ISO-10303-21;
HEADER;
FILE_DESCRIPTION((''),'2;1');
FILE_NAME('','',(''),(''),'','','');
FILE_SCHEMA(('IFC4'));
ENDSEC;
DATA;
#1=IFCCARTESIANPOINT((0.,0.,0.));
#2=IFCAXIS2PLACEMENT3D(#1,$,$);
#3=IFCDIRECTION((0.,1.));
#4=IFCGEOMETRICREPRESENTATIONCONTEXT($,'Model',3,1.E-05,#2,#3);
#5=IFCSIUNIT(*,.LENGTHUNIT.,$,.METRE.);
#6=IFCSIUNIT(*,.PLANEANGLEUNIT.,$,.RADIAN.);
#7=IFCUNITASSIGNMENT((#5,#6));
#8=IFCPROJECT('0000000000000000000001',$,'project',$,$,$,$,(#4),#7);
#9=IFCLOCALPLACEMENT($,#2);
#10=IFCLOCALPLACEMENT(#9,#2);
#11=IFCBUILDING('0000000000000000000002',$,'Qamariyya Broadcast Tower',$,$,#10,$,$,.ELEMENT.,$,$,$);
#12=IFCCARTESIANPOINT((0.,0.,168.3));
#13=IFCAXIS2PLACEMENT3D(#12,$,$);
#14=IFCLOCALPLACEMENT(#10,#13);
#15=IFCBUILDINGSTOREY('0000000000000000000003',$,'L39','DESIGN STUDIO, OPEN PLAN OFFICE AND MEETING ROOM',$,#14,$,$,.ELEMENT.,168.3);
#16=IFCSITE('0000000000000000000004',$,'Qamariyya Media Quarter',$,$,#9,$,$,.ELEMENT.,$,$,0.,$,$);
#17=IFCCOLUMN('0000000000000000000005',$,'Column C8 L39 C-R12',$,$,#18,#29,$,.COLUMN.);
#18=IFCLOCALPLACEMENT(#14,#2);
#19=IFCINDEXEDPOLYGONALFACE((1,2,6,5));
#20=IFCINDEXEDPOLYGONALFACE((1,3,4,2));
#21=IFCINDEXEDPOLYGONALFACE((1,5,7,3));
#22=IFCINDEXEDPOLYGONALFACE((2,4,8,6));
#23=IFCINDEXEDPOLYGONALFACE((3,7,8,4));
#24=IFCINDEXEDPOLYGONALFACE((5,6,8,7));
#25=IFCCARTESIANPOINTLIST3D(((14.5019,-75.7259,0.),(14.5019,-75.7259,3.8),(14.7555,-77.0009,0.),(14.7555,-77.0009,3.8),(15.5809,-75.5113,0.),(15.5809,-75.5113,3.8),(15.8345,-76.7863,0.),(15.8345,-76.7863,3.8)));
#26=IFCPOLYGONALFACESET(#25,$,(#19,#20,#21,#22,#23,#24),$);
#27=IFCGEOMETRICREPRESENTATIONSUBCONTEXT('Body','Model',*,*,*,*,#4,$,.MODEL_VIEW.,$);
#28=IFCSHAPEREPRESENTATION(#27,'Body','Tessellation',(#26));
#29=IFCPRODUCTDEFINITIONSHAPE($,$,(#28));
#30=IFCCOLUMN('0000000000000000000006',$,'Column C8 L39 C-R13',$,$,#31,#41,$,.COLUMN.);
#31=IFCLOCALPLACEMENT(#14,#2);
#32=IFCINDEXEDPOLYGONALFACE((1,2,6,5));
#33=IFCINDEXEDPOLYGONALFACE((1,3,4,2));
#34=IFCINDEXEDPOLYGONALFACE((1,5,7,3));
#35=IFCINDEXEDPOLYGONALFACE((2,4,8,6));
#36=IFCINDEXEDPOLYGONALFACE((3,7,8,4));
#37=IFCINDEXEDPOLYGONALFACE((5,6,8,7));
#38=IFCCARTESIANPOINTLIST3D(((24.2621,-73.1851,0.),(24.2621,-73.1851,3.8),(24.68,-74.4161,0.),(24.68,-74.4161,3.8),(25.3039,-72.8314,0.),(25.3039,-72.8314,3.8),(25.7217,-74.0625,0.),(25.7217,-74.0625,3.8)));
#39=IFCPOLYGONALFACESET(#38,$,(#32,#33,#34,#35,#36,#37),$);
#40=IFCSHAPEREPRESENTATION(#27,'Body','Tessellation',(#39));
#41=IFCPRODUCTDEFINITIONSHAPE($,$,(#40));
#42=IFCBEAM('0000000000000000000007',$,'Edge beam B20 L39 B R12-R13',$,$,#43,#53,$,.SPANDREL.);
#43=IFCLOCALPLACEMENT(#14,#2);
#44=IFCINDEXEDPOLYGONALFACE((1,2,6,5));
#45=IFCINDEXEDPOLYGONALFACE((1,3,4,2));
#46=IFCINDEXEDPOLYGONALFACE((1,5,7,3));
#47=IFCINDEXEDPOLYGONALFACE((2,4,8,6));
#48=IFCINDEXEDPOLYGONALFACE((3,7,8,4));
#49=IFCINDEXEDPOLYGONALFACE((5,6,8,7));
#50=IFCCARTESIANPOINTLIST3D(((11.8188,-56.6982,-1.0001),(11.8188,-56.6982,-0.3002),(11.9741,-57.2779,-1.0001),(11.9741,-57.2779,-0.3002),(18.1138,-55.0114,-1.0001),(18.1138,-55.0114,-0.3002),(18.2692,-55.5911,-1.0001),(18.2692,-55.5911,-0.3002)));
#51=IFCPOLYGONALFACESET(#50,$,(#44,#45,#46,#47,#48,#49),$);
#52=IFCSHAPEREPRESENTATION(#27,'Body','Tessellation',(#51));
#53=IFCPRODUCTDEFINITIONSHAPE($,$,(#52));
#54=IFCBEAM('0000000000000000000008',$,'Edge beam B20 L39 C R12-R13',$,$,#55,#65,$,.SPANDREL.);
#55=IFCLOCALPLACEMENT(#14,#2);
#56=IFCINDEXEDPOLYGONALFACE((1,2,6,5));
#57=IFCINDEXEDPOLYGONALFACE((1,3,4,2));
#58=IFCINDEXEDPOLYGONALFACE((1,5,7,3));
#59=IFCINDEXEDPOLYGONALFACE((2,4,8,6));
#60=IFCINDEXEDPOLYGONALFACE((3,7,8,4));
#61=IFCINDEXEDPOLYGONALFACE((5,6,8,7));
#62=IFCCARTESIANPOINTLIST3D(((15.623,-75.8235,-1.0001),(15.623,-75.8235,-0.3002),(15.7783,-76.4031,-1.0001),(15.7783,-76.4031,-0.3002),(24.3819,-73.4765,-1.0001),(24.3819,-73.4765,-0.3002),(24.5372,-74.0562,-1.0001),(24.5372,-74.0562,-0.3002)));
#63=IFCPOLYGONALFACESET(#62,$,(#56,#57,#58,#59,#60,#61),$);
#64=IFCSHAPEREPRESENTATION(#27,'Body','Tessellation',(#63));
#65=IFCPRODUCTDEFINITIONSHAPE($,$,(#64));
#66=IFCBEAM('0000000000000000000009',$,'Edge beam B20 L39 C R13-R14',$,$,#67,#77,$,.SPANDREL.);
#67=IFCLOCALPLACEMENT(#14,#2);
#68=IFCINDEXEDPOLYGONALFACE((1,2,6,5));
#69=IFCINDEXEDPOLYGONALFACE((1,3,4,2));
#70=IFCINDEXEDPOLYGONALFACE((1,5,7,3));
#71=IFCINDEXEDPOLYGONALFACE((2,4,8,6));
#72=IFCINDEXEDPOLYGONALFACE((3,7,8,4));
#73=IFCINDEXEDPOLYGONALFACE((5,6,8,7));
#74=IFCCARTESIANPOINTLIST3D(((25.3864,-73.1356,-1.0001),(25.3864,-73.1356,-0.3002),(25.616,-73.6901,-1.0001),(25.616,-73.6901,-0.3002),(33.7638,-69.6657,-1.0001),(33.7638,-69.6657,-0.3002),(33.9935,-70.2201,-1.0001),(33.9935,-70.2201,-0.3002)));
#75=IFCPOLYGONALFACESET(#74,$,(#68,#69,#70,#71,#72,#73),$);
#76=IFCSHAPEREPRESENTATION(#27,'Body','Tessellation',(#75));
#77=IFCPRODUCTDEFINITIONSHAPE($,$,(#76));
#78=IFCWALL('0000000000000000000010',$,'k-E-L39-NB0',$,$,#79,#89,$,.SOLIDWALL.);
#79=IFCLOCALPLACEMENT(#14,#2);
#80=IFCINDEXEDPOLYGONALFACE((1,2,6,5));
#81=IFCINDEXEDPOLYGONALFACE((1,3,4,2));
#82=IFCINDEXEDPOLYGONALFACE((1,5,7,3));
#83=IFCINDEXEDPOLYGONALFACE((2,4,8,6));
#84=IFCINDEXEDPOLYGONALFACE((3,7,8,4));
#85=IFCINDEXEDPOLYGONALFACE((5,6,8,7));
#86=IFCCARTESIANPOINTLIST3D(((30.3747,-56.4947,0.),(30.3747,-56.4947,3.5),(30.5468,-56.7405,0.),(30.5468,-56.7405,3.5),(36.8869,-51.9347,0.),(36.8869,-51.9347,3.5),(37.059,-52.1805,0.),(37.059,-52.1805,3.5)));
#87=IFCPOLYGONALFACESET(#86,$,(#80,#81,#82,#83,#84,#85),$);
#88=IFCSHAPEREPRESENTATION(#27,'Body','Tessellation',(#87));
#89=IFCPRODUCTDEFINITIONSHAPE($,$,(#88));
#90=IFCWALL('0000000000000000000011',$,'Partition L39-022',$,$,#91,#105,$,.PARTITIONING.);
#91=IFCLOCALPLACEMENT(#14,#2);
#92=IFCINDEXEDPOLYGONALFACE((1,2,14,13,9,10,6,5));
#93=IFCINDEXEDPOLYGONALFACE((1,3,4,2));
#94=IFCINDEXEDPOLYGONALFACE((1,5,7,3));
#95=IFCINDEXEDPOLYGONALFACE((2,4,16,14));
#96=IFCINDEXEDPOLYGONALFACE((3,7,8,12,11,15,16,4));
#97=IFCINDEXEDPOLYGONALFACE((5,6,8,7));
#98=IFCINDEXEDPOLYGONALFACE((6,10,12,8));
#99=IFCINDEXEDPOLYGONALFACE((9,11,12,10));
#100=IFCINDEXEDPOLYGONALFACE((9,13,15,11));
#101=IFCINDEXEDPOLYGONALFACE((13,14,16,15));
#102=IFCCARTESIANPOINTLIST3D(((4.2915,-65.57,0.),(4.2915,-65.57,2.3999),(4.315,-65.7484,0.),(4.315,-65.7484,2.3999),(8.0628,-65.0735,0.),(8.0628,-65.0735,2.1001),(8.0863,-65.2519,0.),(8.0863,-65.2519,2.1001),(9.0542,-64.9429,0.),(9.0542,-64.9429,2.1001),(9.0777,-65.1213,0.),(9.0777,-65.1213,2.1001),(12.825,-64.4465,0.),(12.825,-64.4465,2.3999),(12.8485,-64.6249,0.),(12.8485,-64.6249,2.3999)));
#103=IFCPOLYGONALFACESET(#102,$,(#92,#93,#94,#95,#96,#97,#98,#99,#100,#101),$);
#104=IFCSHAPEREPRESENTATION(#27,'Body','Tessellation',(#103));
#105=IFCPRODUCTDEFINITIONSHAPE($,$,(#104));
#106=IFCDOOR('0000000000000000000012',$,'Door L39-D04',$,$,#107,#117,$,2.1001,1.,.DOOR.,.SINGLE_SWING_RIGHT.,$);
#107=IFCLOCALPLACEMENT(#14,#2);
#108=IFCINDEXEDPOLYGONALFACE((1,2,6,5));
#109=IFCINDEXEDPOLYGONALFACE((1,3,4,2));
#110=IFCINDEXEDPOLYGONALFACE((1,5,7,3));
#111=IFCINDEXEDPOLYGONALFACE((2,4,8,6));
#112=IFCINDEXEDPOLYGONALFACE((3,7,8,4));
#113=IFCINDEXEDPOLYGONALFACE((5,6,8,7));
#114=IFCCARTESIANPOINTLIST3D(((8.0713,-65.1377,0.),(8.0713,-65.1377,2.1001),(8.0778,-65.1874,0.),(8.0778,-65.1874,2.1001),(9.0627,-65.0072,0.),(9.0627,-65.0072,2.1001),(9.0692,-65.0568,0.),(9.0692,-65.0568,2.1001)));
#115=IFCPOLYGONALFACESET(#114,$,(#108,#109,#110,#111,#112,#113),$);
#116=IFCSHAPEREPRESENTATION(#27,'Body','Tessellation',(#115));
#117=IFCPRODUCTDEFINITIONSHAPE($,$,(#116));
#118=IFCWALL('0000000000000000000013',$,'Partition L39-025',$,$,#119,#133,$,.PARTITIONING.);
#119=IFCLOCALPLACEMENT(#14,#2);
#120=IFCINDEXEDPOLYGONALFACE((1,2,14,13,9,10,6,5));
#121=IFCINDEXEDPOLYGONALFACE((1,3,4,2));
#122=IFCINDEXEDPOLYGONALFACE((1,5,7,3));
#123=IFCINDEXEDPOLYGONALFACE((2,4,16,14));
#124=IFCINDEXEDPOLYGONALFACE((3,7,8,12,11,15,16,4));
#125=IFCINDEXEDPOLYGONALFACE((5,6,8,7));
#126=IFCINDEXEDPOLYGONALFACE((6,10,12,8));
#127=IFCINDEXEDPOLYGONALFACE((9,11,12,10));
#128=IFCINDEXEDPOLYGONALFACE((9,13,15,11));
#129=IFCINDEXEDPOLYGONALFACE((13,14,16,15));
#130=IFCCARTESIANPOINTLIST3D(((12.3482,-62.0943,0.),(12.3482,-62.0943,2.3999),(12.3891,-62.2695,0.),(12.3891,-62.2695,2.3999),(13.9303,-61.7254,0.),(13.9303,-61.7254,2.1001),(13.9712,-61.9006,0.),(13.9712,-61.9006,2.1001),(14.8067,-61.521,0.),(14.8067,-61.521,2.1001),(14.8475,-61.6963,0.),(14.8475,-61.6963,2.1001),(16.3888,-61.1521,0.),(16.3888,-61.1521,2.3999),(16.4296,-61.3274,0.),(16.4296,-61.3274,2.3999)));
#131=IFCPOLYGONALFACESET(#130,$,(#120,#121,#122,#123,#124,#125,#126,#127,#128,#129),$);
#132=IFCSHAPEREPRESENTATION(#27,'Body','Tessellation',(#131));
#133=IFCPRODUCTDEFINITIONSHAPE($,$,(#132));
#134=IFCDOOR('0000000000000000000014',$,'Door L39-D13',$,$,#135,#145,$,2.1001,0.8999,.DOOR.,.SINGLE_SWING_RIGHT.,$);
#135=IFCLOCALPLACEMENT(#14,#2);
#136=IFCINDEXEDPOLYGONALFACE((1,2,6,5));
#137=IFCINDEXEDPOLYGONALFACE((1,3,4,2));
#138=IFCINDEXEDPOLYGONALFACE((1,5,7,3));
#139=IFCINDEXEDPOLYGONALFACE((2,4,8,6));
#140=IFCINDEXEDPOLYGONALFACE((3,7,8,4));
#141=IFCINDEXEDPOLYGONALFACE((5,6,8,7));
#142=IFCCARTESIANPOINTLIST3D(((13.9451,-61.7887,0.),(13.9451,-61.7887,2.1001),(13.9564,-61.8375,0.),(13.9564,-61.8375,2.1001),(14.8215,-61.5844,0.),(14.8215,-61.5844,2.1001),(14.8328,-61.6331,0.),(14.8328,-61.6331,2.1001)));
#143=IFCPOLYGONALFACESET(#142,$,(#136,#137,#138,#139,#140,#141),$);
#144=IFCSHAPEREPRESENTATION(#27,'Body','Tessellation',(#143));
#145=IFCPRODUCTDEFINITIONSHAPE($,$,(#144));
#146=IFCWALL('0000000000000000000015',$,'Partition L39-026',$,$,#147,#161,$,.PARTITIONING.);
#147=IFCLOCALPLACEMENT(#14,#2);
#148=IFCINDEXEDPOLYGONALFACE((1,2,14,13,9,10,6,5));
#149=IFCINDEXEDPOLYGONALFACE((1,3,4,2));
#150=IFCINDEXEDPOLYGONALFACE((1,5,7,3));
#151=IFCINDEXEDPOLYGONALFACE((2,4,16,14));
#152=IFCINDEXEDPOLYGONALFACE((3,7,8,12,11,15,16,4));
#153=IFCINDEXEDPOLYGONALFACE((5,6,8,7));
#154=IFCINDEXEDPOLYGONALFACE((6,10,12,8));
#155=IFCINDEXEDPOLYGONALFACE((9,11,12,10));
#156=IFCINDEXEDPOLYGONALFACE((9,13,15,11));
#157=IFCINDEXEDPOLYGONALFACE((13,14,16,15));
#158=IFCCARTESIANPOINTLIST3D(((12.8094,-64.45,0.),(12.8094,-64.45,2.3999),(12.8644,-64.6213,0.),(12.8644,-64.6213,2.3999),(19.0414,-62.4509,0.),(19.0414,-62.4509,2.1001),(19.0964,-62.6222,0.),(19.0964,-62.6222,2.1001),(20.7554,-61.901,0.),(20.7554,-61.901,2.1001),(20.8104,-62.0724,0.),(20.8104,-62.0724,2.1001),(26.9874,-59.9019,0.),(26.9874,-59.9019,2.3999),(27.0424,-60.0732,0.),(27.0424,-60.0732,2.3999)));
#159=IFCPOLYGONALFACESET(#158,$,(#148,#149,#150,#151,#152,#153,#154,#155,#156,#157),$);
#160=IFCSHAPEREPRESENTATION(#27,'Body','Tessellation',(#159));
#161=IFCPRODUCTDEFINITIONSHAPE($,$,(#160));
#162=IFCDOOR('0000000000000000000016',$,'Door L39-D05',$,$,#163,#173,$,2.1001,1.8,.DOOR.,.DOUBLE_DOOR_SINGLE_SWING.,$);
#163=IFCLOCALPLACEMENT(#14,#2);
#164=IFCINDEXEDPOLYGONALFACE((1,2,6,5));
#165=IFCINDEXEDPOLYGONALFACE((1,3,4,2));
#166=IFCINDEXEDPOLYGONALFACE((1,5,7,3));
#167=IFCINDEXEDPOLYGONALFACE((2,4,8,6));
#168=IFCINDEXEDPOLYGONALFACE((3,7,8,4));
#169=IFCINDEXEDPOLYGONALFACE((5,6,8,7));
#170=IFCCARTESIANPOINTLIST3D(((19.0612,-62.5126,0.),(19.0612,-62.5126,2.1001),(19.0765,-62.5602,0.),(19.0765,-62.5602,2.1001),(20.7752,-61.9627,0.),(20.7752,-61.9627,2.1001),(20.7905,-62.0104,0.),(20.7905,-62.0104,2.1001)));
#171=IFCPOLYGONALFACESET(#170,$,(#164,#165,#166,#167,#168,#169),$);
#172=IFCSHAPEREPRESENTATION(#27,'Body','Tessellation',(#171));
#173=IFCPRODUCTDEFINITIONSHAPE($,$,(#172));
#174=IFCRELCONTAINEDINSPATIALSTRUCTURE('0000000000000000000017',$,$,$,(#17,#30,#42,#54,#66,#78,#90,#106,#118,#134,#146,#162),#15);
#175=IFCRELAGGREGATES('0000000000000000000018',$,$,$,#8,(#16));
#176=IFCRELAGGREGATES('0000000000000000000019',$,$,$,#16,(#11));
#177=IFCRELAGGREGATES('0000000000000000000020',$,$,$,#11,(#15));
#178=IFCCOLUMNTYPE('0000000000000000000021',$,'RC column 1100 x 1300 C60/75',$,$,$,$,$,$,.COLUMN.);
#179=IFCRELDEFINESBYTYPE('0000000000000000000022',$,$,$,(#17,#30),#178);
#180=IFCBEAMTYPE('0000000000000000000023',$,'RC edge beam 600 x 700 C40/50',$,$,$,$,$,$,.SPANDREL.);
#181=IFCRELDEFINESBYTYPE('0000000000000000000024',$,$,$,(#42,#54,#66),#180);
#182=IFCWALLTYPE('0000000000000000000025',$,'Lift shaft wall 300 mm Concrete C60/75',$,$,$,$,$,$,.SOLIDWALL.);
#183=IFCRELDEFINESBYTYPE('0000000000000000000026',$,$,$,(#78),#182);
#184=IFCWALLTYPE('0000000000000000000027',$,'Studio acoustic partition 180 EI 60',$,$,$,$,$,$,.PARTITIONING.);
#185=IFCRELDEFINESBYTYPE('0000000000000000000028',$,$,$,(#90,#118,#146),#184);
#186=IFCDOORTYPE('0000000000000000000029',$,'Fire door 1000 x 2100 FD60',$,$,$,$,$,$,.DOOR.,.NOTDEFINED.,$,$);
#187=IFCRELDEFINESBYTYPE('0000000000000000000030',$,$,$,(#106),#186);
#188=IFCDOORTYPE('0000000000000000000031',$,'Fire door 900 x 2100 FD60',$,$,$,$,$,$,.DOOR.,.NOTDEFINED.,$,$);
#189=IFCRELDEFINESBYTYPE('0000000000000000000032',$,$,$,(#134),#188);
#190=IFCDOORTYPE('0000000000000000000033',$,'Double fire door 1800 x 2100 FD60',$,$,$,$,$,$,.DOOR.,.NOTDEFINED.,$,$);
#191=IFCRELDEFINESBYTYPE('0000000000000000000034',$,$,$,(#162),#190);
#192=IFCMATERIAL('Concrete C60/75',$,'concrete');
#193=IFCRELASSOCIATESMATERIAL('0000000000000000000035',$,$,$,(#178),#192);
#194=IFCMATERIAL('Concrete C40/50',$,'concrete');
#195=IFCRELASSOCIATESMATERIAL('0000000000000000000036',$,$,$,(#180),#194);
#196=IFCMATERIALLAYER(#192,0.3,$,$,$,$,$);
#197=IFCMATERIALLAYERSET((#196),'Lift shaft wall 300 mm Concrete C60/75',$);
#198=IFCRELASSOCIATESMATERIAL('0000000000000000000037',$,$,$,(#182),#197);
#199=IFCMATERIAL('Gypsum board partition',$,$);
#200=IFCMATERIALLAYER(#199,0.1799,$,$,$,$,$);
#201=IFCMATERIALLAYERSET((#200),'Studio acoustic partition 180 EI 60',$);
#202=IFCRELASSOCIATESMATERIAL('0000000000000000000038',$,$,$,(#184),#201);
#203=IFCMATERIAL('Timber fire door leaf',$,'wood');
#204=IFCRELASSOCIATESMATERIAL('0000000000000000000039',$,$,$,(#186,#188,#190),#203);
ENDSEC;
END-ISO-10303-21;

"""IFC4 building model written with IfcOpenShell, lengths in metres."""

from ifc_helpers import new_model, si_unit, direction, frame, frame_2d, origin, origin_2d, place, context, subcontext, project, spatial, rectangle, extrude, material, layer, layer_set, material_profile, profile_set, type_object, element, fill, save


model = new_model("IFC4")

# Units and contexts
model_context = context("Model", 3, precision=1e-05, world=origin(), true_north=direction((0.0, 1.0)))
body_context = subcontext(model_context, "Body", "Model", "MODEL_VIEW")
ifc_project = project(units=[si_unit("LENGTHUNIT", "METRE"), si_unit("PLANEANGLEUNIT", "RADIAN")], contexts=[model_context])

# Site, building, storey
site_placement = place(None, origin())
site = spatial("IfcSite", under=ifc_project, at=site_placement, Name="Qamariyya Media Quarter", CompositionType="ELEMENT", RefElevation=0.0)
building_placement = place(site_placement, origin())
building = spatial("IfcBuilding", under=site, at=building_placement, Name="Qamariyya Broadcast Tower", CompositionType="ELEMENT")
storey_placement = place(building_placement, frame((0.0, 0.0, 168.3)))
storey = spatial("IfcBuildingStorey", under=building, at=storey_placement, Name="L39", Description="DESIGN STUDIO, OPEN PLAN OFFICE AND MEETING ROOM", CompositionType="ELEMENT", Elevation=168.3)

# Columns
ifc_material_1 = material(Name="Concrete C60/75", Category="concrete")
ifc_material_profile_1 = material_profile(ifc_material_1, rectangle(XDim=1.1001, YDim=1.3, at=origin_2d()))
ifc_profile_set_1 = profile_set([ifc_material_profile_1], Name="Concrete C60/75")
column_type = type_object("IfcColumnType", Name="RC column 1100 x 1300 C60/75", PredefinedType="COLUMN", material=ifc_profile_set_1)
for number, where, z_axis, x_axis, name in (
    (1, (15.1682, -76.2561, 0.0), (0.0, 0.0, 1.0), (0.980785, 0.19509, 0.0), "Column C8 L39 C-R12"),
    (2, (24.9919, -73.6238, 0.0), (0.0, 0.0, 1.0), (0.94693, 0.321439, 0.0), "Column C8 L39 C-R13"),
):
    element("IfcColumn", number, at=place(storey_placement, frame(where, z_axis=z_axis, x_axis=x_axis)), inside=storey, type_object=column_type, Name=name, PredefinedType="COLUMN", context=body_context, shape_type="SweptSolid", body=[
        extrude(rectangle(XDim=1.1001, YDim=1.3, at=origin_2d()), origin(), (0.0, 0.0, 1.0), 3.8),
    ])

# Beams
ifc_material_2 = material(Name="Concrete C40/50", Category="concrete")
ifc_material_profile_2 = material_profile(ifc_material_2, rectangle(XDim=0.6001, YDim=0.7, at=origin_2d()))
ifc_profile_set_2 = profile_set([ifc_material_profile_2], Name="Concrete C40/50")
beam_type = type_object("IfcBeamType", Name="RC edge beam 600 x 700 C40/50", PredefinedType="SPANDREL", material=ifc_profile_set_2)
beam_1_placement = place(storey_placement, frame((11.8965, -56.988, -0.6501), z_axis=(0.965924, 0.258826, 0.0), x_axis=(-0.258826, 0.965924, 0.0)))
element("IfcBeam", 3, at=beam_1_placement, inside=storey, type_object=beam_type, Name="Edge beam B20 L39 B R12-R13", PredefinedType="SPANDREL", context=body_context, shape_type="SweptSolid", body=[
    extrude(rectangle(XDim=0.6001, YDim=0.7, at=origin_2d()), origin(), (0.0, 0.0, 1.0), 6.5171),
])
beam_2_placement = place(storey_placement, frame((15.7007, -76.1133, -0.6501), z_axis=(0.965925, 0.25882, 0.0), x_axis=(-0.25882, 0.965925, 0.0)))
element("IfcBeam", 4, at=beam_2_placement, inside=storey, type_object=beam_type, Name="Edge beam B20 L39 C R12-R13", PredefinedType="SPANDREL", context=body_context, shape_type="SweptSolid", body=[
    extrude(rectangle(XDim=0.6001, YDim=0.7, at=origin_2d()), origin(), (0.0, 0.0, 1.0), 9.0679),
])
beam_3_placement = place(storey_placement, frame((25.5012, -73.4128, -0.6501), z_axis=(0.923883, 0.382676, 0.0), x_axis=(-0.382676, 0.923883, 0.0)))
element("IfcBeam", 5, at=beam_3_placement, inside=storey, type_object=beam_type, Name="Edge beam B20 L39 C R13-R14", PredefinedType="SPANDREL", context=body_context, shape_type="SweptSolid", body=[
    extrude(rectangle(XDim=0.6001, YDim=0.7, at=origin_2d()), origin(), (0.0, 0.0, 1.0), 9.0676),
])

# Wall
ifc_layer_1 = layer(ifc_material_1, 0.3)
ifc_layer_set_1 = layer_set([ifc_layer_1], Name="Lift shaft wall 300 mm Concrete C60/75")
wall_type_1 = type_object("IfcWallType", Name="Lift shaft wall 300 mm Concrete C60/75", PredefinedType="SOLIDWALL", material=ifc_layer_set_1)
wall_1_placement = place(storey_placement, frame((30.4607, -56.6177, 0.0), z_axis=(0.0, 0.0, 1.0), x_axis=(0.819142, 0.57359, 0.0)))
element("IfcWall", 6, at=wall_1_placement, inside=storey, type_object=wall_type_1, Name="k-E-L39-NB0", PredefinedType="SOLIDWALL", context=body_context, shape_type="SweptSolid", body=[
    extrude(rectangle(XDim=7.95, YDim=0.3, at=frame_2d((3.9751, 0.0))), origin(), (0.0, 0.0, 1.0), 3.5),
])

# Walls, openings, doors
ifc_material_3 = material(Name="Gypsum board partition")
ifc_layer_2 = layer(ifc_material_3, 0.1799)
ifc_layer_set_2 = layer_set([ifc_layer_2], Name="Studio acoustic partition 180 EI 60")
wall_type_2 = type_object("IfcWallType", Name="Studio acoustic partition 180 EI 60", PredefinedType="PARTITIONING", material=ifc_layer_set_2)
wall_2_placement = place(storey_placement, frame((12.8369, -64.5356, 0.0), z_axis=(0.0, 0.0, 1.0), x_axis=(-0.991444, -0.130536, 0.0)))
wall_2 = element("IfcWall", 7, at=wall_2_placement, inside=storey, type_object=wall_type_2, Name="Partition L39-022", PredefinedType="PARTITIONING", context=body_context, shape_type="SweptSolid", body=[
    extrude(rectangle(XDim=8.6072, YDim=0.1799, at=frame_2d((4.3037, 0.0))), origin(), (0.0, 0.0, 1.0), 2.3999),
])
opening_1_placement = place(wall_2_placement, frame((3.8035, 0.0, 0.0)))
opening_1 = element("IfcOpeningElement", 8, at=opening_1_placement, cuts=wall_2, PredefinedType="OPENING", context=body_context, shape_type="SweptSolid", body=[
    extrude(rectangle(XDim=1.0, YDim=2.1001, at=frame_2d((0.5, 1.05))), frame((0.0, 0.0999, 0.0), z_axis=(0.0, -1.0, 0.0), x_axis=(1.0, 0.0, 0.0)), (0.0, 0.0, 1.0), 0.2),
])
ifc_material_4 = material(Name="Timber fire door leaf", Category="wood")
door_type_1 = type_object("IfcDoorType", Name="Fire door 1000 x 2100 FD60", OperationType="NOTDEFINED", PredefinedType="DOOR", material=ifc_material_4)
door_1_placement = place(opening_1_placement, origin())
door_1 = element("IfcDoor", 9, at=door_1_placement, inside=storey, type_object=door_type_1, Name="Door L39-D04", OperationType="SINGLE_SWING_RIGHT", OverallHeight=2.1001, OverallWidth=1.0, PredefinedType="DOOR", context=body_context, shape_type="SweptSolid", body=[
    extrude(rectangle(XDim=1.0, YDim=2.1001, at=frame_2d((0.5, 1.05))), frame((0.0, 0.0249, 0.0), z_axis=(0.0, -1.0, 0.0), x_axis=(1.0, 0.0, 0.0)), (0.0, 0.0, 1.0), 0.05),
])
fill(opening_1, door_1)
wall_3_placement = place(storey_placement, frame((12.3687, -62.1819, 0.0), z_axis=(0.0, 0.0, 1.0), x_axis=(0.973876, 0.227081, 0.0)))
wall_3 = element("IfcWall", 10, at=wall_3_placement, inside=storey, type_object=wall_type_2, Name="Partition L39-025", PredefinedType="PARTITIONING", context=body_context, shape_type="SweptSolid", body=[
    extrude(rectangle(XDim=4.1489, YDim=0.1799, at=frame_2d((2.0745, 0.0))), origin(), (0.0, 0.0, 1.0), 2.3999),
])
opening_2_placement = place(wall_3_placement, frame((1.6245, 0.0, 0.0)))
opening_2 = element("IfcOpeningElement", 11, at=opening_2_placement, cuts=wall_3, PredefinedType="OPENING", context=body_context, shape_type="SweptSolid", body=[
    extrude(rectangle(XDim=0.8999, YDim=2.1001, at=frame_2d((0.45, 1.05))), frame((0.0, 0.0999, 0.0), z_axis=(0.0, -1.0, 0.0), x_axis=(1.0, 0.0, 0.0)), (0.0, 0.0, 1.0), 0.2),
])
door_type_2 = type_object("IfcDoorType", Name="Fire door 900 x 2100 FD60", OperationType="NOTDEFINED", PredefinedType="DOOR", material=ifc_material_4)
door_2_placement = place(opening_2_placement, origin())
door_2 = element("IfcDoor", 12, at=door_2_placement, inside=storey, type_object=door_type_2, Name="Door L39-D13", OperationType="SINGLE_SWING_RIGHT", OverallHeight=2.1001, OverallWidth=0.8999, PredefinedType="DOOR", context=body_context, shape_type="SweptSolid", body=[
    extrude(rectangle(XDim=0.8999, YDim=2.1001, at=frame_2d((0.45, 1.05))), frame((0.0, 0.0249, 0.0), z_axis=(0.0, -1.0, 0.0), x_axis=(1.0, 0.0, 0.0)), (0.0, 0.0, 1.0), 0.05),
])
fill(opening_2, door_2)
wall_4_placement = place(storey_placement, frame((27.0149, -59.9875, 0.0), z_axis=(0.0, 0.0, 1.0), x_axis=(-0.952207, -0.305454, 0.0)))
wall_4 = element("IfcWall", 13, at=wall_4_placement, inside=storey, type_object=wall_type_2, Name="Partition L39-026", PredefinedType="PARTITIONING", context=body_context, shape_type="SweptSolid", body=[
    extrude(rectangle(XDim=14.8896, YDim=0.1799, at=frame_2d((7.4448, 0.0))), origin(), (0.0, 0.0, 1.0), 2.3999),
])
opening_3_placement = place(wall_4_placement, frame((6.5449, 0.0, 0.0)))
opening_3 = element("IfcOpeningElement", 14, at=opening_3_placement, cuts=wall_4, PredefinedType="OPENING", context=body_context, shape_type="SweptSolid", body=[
    extrude(rectangle(XDim=1.8, YDim=2.1001, at=frame_2d((0.8999, 1.05))), frame((0.0, 0.0999, 0.0), z_axis=(0.0, -1.0, 0.0), x_axis=(1.0, 0.0, 0.0)), (0.0, 0.0, 1.0), 0.2),
])
door_type_3 = type_object("IfcDoorType", Name="Double fire door 1800 x 2100 FD60", OperationType="NOTDEFINED", PredefinedType="DOOR", material=ifc_material_4)
door_3_placement = place(opening_3_placement, origin())
door_3 = element("IfcDoor", 15, at=door_3_placement, inside=storey, type_object=door_type_3, Name="Door L39-D05", OperationType="DOUBLE_DOOR_SINGLE_SWING", OverallHeight=2.1001, OverallWidth=1.8, PredefinedType="DOOR", context=body_context, shape_type="SweptSolid", body=[
    extrude(rectangle(XDim=1.8, YDim=2.1001, at=frame_2d((0.8999, 1.05))), frame((0.0, 0.0249, 0.0), z_axis=(0.0, -1.0, 0.0), x_axis=(1.0, 0.0, 0.0)), (0.0, 0.0, 1.0), 0.05),
])
fill(opening_3, door_3)

save(model, "model.ifc")
